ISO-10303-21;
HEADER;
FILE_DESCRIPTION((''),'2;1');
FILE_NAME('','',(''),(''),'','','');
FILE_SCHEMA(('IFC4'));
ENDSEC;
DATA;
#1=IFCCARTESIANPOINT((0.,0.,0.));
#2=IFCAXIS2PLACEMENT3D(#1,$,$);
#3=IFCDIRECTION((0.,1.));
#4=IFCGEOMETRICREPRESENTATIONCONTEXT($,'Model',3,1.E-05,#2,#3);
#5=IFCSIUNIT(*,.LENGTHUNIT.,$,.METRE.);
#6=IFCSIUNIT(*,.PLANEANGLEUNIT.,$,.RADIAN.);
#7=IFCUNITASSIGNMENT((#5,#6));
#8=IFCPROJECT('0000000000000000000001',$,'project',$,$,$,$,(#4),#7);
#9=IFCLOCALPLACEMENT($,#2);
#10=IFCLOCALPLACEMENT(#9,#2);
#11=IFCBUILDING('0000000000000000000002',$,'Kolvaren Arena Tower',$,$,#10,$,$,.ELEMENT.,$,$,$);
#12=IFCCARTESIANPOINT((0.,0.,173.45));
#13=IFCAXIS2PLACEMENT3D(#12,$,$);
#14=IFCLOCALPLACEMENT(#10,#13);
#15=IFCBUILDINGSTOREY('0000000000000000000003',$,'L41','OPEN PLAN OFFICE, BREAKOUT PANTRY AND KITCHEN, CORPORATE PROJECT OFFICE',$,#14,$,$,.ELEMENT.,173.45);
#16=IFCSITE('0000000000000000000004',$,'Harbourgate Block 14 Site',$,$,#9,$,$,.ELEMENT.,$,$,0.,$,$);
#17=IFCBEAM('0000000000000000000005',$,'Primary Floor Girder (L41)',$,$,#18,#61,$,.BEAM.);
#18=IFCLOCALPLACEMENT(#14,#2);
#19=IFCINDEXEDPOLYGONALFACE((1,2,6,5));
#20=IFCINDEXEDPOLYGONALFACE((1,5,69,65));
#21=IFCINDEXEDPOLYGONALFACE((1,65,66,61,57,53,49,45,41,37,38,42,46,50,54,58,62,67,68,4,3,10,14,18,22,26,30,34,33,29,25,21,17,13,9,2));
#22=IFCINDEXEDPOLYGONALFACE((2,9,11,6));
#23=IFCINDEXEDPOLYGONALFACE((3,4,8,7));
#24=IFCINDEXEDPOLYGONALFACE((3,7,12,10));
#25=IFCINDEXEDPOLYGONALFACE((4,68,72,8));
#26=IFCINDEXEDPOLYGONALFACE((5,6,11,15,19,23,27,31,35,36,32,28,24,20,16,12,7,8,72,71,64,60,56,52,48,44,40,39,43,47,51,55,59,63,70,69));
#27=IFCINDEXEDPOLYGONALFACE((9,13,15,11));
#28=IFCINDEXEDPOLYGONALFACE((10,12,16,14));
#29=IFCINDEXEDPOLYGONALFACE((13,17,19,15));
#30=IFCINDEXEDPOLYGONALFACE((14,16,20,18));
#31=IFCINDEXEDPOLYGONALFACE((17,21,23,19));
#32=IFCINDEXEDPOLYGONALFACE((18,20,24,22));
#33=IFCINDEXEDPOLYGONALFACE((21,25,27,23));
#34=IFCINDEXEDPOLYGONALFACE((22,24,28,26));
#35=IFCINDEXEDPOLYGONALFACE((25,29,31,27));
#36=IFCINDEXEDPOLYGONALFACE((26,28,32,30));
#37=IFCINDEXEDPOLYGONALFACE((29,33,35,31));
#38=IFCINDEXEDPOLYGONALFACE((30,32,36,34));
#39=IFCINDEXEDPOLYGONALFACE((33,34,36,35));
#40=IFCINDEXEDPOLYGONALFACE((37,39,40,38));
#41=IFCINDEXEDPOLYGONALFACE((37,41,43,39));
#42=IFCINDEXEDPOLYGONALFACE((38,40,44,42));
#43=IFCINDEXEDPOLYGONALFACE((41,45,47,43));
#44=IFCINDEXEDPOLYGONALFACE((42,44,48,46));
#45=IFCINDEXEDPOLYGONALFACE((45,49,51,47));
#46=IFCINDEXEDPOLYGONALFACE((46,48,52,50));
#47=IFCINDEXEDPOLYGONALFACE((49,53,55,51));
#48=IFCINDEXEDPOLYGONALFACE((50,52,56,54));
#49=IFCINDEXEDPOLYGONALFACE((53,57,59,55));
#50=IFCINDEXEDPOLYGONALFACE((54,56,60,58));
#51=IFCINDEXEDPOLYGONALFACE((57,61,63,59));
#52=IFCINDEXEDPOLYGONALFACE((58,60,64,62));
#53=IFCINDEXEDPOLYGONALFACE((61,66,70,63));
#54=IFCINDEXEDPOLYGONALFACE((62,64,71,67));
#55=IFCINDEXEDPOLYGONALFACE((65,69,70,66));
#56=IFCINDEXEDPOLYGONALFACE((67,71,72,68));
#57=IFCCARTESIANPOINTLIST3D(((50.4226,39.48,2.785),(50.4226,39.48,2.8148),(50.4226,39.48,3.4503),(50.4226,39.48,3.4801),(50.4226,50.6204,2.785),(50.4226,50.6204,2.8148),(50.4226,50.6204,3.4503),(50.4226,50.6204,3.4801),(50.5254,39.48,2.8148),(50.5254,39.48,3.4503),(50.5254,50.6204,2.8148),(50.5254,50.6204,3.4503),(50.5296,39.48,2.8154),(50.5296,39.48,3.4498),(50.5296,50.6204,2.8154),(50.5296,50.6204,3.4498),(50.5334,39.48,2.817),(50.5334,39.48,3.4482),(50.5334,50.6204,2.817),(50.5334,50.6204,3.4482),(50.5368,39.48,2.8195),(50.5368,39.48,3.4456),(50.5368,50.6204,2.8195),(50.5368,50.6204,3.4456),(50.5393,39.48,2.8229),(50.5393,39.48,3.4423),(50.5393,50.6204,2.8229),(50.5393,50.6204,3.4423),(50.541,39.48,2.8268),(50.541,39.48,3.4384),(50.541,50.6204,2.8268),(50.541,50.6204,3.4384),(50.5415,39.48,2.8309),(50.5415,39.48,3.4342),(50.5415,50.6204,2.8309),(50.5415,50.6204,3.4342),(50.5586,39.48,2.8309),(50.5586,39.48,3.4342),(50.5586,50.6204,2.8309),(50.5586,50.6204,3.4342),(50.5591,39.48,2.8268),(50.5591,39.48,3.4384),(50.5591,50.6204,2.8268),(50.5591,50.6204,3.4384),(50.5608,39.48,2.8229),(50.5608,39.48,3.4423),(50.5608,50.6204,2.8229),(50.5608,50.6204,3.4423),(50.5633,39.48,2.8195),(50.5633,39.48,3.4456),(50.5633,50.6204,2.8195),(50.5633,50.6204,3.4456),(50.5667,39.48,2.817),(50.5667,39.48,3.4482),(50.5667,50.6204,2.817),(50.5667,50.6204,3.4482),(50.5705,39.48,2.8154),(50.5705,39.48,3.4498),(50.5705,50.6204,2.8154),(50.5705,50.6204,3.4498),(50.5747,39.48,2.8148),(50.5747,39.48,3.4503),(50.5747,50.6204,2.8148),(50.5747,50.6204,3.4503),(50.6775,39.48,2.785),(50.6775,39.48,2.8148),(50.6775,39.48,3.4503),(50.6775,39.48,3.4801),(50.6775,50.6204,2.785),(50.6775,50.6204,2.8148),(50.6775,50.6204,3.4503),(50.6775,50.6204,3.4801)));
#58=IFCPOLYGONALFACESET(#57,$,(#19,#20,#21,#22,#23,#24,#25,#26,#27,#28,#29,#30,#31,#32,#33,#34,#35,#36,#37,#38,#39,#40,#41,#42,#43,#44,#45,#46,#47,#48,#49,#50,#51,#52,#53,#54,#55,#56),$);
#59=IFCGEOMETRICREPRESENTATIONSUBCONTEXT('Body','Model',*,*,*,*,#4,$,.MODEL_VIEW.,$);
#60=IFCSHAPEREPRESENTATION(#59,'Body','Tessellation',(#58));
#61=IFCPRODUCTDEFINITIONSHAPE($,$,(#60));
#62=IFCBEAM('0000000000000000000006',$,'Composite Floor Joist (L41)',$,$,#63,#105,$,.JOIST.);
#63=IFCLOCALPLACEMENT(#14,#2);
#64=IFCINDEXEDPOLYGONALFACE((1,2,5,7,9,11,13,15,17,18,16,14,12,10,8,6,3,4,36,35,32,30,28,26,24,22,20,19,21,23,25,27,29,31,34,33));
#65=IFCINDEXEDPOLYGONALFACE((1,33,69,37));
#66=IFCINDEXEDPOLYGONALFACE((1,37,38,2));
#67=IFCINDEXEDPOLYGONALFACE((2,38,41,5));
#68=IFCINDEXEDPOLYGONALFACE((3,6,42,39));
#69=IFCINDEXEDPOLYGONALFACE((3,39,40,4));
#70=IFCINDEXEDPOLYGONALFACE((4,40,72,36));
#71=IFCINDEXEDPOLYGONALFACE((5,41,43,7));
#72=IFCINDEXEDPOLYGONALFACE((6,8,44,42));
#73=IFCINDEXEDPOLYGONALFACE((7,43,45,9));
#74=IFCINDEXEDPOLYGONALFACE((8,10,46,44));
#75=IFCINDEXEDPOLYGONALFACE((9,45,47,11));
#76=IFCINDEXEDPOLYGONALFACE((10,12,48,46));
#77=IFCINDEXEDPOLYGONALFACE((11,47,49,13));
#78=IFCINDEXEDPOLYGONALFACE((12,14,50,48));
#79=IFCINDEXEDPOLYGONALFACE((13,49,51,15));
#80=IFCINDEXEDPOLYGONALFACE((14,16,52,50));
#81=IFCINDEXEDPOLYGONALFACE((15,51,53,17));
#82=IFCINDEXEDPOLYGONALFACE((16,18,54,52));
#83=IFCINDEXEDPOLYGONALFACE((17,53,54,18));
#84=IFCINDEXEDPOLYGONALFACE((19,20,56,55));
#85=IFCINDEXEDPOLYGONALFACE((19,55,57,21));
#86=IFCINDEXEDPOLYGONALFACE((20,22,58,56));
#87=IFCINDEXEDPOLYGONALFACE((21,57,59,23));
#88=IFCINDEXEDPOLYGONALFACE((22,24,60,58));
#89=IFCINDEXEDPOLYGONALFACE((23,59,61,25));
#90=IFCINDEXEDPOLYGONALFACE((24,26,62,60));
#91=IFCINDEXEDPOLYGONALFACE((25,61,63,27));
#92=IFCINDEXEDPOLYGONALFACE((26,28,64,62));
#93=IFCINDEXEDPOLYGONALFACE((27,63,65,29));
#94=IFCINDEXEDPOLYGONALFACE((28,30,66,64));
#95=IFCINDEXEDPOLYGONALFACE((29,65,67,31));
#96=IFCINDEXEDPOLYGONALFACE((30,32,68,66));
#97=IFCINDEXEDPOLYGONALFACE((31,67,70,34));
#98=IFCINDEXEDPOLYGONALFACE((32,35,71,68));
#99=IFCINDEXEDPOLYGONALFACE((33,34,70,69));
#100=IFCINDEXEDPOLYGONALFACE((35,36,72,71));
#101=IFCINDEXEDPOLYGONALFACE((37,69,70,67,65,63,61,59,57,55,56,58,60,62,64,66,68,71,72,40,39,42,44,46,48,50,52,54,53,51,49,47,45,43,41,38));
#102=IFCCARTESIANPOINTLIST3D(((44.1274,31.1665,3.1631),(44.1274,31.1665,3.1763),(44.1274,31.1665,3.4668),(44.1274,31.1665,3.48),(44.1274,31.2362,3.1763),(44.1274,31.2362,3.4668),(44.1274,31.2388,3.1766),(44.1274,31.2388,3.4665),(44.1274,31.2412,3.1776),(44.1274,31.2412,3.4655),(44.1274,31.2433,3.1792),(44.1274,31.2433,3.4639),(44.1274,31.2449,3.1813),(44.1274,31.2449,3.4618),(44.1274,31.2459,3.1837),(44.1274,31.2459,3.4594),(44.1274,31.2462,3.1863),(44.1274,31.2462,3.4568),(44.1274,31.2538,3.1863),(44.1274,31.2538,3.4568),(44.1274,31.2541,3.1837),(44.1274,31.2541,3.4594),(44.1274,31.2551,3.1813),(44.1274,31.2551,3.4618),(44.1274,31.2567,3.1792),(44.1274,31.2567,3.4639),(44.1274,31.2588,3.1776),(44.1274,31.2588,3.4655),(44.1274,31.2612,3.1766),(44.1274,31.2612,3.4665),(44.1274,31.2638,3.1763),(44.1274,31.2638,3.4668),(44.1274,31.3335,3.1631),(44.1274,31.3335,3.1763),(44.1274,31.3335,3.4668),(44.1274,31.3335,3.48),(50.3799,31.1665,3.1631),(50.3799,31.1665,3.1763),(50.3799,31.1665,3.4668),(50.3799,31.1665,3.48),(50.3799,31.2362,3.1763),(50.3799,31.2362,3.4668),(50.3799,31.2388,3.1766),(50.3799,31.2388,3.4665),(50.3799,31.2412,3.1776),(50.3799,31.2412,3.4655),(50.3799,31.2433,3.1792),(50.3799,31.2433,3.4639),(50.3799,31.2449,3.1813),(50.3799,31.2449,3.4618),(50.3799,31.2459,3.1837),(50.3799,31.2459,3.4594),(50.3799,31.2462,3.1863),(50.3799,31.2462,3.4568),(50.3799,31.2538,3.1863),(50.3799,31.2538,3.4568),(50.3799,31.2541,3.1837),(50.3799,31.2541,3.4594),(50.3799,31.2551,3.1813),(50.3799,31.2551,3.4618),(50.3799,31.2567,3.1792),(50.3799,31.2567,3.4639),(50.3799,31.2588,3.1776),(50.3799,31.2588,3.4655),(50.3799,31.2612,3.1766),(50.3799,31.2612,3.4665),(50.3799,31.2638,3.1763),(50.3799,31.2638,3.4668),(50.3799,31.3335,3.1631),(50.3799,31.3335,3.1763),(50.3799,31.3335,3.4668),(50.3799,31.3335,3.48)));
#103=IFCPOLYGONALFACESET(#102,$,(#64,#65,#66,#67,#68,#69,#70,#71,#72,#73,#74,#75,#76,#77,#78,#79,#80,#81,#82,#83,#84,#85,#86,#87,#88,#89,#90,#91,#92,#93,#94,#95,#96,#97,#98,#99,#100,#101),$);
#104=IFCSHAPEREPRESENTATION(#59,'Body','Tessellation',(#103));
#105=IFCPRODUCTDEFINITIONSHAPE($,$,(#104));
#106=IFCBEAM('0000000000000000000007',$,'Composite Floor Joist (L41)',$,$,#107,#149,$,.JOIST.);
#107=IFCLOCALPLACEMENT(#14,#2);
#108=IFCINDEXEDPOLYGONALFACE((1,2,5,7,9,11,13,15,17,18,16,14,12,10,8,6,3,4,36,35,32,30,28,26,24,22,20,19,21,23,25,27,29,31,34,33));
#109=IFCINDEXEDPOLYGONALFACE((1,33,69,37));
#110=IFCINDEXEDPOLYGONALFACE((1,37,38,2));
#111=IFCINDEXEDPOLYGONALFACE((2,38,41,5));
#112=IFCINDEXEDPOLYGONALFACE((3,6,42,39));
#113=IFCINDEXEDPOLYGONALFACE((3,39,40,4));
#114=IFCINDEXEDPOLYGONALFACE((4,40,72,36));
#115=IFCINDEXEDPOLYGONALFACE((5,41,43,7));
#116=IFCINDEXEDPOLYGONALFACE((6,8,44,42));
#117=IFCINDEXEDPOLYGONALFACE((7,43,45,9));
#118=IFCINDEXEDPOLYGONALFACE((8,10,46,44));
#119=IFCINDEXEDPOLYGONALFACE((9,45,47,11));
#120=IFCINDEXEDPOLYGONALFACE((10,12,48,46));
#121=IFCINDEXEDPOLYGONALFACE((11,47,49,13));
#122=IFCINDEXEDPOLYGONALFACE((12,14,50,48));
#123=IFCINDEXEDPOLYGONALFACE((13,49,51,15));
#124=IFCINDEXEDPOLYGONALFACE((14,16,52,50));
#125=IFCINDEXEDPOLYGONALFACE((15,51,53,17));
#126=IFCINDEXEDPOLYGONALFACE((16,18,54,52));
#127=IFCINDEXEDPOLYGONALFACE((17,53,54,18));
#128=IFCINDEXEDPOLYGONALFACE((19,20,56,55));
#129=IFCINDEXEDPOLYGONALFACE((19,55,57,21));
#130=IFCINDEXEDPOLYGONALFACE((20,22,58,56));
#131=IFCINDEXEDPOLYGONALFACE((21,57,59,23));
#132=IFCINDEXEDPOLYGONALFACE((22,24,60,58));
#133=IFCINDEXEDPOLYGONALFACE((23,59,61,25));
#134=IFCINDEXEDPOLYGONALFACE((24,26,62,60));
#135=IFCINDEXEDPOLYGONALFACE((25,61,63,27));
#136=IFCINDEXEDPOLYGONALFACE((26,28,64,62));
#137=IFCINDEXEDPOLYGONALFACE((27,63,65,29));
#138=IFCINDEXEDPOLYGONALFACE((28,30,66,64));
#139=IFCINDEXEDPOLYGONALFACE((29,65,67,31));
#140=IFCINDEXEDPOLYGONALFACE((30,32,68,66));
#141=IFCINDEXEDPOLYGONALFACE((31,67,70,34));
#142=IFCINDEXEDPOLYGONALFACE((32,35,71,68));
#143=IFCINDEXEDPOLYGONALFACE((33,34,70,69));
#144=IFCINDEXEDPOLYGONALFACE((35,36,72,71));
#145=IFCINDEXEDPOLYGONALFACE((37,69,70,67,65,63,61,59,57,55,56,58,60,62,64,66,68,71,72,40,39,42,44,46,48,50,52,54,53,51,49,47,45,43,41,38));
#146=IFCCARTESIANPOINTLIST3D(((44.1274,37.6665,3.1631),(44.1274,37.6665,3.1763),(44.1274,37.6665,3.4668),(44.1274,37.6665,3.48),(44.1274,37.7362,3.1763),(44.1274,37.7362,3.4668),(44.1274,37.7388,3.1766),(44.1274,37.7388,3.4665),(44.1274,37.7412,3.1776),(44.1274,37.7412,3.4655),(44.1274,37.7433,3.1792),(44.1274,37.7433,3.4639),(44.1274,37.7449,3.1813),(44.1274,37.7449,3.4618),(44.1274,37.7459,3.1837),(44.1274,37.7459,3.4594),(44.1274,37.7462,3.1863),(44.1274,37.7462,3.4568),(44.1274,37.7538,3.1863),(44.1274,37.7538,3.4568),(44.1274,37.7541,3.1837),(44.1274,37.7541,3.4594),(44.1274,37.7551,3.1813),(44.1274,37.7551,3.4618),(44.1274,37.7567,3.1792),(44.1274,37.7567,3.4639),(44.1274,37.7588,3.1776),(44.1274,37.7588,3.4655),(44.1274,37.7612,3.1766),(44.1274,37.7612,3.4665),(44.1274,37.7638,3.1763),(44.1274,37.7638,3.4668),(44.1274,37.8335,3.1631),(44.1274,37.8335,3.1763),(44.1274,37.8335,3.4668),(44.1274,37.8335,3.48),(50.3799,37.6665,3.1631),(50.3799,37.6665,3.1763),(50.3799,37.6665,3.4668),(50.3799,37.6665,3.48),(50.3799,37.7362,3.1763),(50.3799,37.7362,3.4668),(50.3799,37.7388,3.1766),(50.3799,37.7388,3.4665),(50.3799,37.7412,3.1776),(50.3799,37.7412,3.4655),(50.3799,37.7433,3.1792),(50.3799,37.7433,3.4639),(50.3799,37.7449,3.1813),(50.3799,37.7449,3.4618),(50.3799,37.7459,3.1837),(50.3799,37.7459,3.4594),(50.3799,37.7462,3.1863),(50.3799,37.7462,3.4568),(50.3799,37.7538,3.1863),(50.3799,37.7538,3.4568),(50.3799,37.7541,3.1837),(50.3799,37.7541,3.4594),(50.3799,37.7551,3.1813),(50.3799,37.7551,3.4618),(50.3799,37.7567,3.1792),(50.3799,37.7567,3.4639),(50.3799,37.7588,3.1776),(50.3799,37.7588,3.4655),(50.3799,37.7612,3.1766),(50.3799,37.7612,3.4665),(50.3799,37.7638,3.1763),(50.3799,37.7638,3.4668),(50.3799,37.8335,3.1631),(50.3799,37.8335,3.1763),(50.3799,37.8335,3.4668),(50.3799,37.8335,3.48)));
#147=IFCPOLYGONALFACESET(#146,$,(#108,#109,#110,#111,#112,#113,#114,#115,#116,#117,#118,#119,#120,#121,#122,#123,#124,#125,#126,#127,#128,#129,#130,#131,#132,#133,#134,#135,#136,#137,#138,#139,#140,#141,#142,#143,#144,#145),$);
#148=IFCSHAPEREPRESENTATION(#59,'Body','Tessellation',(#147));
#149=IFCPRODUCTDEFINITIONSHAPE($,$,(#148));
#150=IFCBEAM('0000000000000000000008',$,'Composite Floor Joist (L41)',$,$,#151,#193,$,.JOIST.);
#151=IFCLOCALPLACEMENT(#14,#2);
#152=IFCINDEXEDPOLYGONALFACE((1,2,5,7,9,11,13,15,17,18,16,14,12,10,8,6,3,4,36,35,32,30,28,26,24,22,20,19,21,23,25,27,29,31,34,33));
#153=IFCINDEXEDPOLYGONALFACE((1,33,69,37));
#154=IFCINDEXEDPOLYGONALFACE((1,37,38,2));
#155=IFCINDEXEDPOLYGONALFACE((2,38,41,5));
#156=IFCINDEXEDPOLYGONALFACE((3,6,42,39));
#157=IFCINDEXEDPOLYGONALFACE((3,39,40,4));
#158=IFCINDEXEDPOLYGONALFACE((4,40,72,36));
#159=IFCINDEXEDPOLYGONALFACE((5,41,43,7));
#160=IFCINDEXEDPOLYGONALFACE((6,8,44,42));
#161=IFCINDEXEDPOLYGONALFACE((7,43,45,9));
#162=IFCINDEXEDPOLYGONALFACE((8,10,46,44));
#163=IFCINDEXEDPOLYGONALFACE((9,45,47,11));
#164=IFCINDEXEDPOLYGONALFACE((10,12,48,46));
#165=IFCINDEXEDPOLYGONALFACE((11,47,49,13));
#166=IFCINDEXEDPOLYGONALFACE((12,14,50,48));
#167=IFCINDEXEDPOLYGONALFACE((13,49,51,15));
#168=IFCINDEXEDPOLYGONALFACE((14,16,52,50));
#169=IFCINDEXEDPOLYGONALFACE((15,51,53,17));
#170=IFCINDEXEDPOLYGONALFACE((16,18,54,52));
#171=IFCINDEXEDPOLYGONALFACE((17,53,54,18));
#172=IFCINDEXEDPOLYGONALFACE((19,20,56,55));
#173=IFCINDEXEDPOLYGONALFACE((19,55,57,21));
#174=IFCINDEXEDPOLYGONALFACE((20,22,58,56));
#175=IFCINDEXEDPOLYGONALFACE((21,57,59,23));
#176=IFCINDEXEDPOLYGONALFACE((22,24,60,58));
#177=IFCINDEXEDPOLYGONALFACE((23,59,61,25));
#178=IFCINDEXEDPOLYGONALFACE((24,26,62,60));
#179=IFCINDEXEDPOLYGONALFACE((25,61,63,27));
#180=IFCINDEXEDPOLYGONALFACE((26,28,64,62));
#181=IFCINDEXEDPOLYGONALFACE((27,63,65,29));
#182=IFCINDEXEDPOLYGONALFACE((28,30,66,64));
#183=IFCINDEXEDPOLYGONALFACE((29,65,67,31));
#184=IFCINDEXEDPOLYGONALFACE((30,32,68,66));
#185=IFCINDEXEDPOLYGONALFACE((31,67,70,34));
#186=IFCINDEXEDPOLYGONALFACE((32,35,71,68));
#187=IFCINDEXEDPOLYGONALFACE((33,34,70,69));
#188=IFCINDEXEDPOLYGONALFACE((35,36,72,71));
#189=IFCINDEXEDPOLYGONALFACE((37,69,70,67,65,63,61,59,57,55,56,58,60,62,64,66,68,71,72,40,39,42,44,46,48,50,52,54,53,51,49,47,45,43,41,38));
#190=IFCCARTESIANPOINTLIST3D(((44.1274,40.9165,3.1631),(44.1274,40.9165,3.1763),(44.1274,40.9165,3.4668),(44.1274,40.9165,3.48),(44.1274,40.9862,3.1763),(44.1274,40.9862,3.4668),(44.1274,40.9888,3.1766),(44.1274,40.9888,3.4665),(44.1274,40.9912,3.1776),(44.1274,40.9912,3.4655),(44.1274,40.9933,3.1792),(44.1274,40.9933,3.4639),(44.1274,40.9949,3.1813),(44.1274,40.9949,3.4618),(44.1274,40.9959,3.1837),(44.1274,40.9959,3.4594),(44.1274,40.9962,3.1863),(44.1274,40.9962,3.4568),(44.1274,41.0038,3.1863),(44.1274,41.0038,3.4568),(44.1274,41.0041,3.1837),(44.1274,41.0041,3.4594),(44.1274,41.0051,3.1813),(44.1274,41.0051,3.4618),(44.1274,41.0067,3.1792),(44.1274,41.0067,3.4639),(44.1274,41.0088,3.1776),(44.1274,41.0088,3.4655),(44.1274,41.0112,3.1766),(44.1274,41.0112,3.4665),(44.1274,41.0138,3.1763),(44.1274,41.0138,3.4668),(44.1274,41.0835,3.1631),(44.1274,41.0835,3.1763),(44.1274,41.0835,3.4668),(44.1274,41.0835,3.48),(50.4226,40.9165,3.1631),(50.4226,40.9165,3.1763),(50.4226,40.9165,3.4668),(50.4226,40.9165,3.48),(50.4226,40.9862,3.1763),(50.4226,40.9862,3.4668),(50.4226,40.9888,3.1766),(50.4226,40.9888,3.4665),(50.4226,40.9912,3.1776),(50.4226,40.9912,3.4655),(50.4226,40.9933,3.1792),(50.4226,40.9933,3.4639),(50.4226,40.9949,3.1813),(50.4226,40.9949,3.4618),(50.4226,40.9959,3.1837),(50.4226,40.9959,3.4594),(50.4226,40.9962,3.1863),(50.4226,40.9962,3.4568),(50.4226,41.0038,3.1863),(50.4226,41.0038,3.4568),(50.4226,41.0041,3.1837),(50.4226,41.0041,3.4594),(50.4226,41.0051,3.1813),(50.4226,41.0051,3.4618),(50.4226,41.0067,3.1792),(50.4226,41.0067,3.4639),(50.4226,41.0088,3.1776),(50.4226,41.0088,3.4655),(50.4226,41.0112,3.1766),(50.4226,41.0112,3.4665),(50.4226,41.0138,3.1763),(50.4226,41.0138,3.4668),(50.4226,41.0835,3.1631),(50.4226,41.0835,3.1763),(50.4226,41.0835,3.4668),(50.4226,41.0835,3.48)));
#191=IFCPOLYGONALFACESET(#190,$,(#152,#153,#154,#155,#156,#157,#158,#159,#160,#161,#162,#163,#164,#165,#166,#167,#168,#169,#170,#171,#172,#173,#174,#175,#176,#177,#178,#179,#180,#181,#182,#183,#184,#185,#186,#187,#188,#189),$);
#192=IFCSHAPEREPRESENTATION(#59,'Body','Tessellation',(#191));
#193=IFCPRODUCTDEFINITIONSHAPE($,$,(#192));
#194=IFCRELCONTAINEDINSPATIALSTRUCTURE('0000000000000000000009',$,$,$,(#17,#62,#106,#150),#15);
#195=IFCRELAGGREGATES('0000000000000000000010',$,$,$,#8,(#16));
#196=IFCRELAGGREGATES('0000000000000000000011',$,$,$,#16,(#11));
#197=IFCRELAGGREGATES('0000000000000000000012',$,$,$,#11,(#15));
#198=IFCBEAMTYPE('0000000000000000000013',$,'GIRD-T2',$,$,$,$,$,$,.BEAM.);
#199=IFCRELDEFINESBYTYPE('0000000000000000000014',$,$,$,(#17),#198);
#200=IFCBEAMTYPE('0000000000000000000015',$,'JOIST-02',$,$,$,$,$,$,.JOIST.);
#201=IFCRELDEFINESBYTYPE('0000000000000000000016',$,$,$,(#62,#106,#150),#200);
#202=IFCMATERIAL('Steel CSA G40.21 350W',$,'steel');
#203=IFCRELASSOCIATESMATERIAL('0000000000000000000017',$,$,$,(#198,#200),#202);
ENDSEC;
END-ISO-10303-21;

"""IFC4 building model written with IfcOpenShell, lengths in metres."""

from ifc_helpers import new_model, si_unit, direction, frame, origin, origin_2d, place, context, subcontext, project, spatial, i_section, extrude, material, material_profile, profile_set, type_object, element, save


model = new_model("IFC4")

# Units and contexts
model_context = context("Model", 3, precision=1e-05, world=origin(), true_north=direction((0.0, 1.0)))
body_context = subcontext(model_context, "Body", "Model", "MODEL_VIEW")
ifc_project = project(units=[si_unit("LENGTHUNIT", "METRE"), si_unit("PLANEANGLEUNIT", "RADIAN")], contexts=[model_context])

# Site, building, storey
site_placement = place(None, origin())
site = spatial("IfcSite", under=ifc_project, at=site_placement, Name="Harbourgate Block 14 Site", CompositionType="ELEMENT", RefElevation=0.0)
building_placement = place(site_placement, origin())
building = spatial("IfcBuilding", under=site, at=building_placement, Name="Kolvaren Arena Tower", CompositionType="ELEMENT")
storey_placement = place(building_placement, frame((0.0, 0.0, 173.45)))
storey = spatial("IfcBuildingStorey", under=building, at=storey_placement, Name="L41", Description="OPEN PLAN OFFICE, BREAKOUT PANTRY AND KITCHEN, CORPORATE PROJECT OFFICE", CompositionType="ELEMENT", Elevation=173.45)

# Beams
ifc_material_1 = material(Name="Steel CSA G40.21 350W", Category="steel")
ifc_material_profile_1 = material_profile(ifc_material_1, i_section(OverallWidth=0.2549, OverallDepth=0.6951, WebThickness=0.0171, FlangeThickness=0.0298, FilletRadius=0.0161, at=origin_2d()), Name="W690x217")
ifc_profile_set_1 = profile_set([ifc_material_profile_1], Name="Steel CSA G40.21 350W")
beam_type_1 = type_object("IfcBeamType", Name="GIRD-T2", PredefinedType="BEAM", material=ifc_profile_set_1)
beam_1_placement = place(storey_placement, frame((50.55, 39.48, 3.1326), z_axis=(0.0, 1.0, 0.0), x_axis=(-1.0, 0.0, 0.0)))
element("IfcBeam", 1, at=beam_1_placement, inside=storey, type_object=beam_type_1, Name="Primary Floor Girder (L41)", PredefinedType="BEAM", context=body_context, shape_type="SweptSolid", body=[
    extrude(i_section(OverallWidth=0.2549, OverallDepth=0.6951, WebThickness=0.0171, FlangeThickness=0.0298, FilletRadius=0.0161, at=origin_2d()), origin(), (0.0, 0.0, 1.0), 11.1404),
])
ifc_material_profile_2 = material_profile(ifc_material_1, i_section(OverallWidth=0.167, OverallDepth=0.3169, WebThickness=0.0076, FlangeThickness=0.0132, FilletRadius=0.01, at=origin_2d()), Name="W310x52")
ifc_profile_set_2 = profile_set([ifc_material_profile_2], Name="Steel CSA G40.21 350W")
beam_type_2 = type_object("IfcBeamType", Name="JOIST-02", PredefinedType="JOIST", material=ifc_profile_set_2)
for number, where, z_axis, x_axis, name in (
    (2, (44.1274, 31.25, 3.3215), (1.0, 0.0, 0.0), (0.0, 1.0, 0.0), "Composite Floor Joist (L41)"),
    (3, (44.1274, 37.75, 3.3215), (1.0, 0.0, 0.0), (0.0, 1.0, 0.0), "Composite Floor Joist (L41)"),
):
    element("IfcBeam", number, at=place(storey_placement, frame(where, z_axis=z_axis, x_axis=x_axis)), inside=storey, type_object=beam_type_2, Name=name, PredefinedType="JOIST", context=body_context, shape_type="SweptSolid", body=[
        extrude(i_section(OverallWidth=0.167, OverallDepth=0.3169, WebThickness=0.0076, FlangeThickness=0.0132, FilletRadius=0.01, at=origin_2d()), origin(), (0.0, 0.0, 1.0), 6.2524),
    ])
beam_2_placement = place(storey_placement, frame((44.1274, 41.0, 3.3215), z_axis=(1.0, 0.0, 0.0), x_axis=(0.0, 1.0, 0.0)))
element("IfcBeam", 4, at=beam_2_placement, inside=storey, type_object=beam_type_2, Name="Composite Floor Joist (L41)", PredefinedType="JOIST", context=body_context, shape_type="SweptSolid", body=[
    extrude(i_section(OverallWidth=0.167, OverallDepth=0.3169, WebThickness=0.0076, FlangeThickness=0.0132, FilletRadius=0.01, at=origin_2d()), origin(), (0.0, 0.0, 1.0), 6.2952),
])

save(model, "model.ifc")
